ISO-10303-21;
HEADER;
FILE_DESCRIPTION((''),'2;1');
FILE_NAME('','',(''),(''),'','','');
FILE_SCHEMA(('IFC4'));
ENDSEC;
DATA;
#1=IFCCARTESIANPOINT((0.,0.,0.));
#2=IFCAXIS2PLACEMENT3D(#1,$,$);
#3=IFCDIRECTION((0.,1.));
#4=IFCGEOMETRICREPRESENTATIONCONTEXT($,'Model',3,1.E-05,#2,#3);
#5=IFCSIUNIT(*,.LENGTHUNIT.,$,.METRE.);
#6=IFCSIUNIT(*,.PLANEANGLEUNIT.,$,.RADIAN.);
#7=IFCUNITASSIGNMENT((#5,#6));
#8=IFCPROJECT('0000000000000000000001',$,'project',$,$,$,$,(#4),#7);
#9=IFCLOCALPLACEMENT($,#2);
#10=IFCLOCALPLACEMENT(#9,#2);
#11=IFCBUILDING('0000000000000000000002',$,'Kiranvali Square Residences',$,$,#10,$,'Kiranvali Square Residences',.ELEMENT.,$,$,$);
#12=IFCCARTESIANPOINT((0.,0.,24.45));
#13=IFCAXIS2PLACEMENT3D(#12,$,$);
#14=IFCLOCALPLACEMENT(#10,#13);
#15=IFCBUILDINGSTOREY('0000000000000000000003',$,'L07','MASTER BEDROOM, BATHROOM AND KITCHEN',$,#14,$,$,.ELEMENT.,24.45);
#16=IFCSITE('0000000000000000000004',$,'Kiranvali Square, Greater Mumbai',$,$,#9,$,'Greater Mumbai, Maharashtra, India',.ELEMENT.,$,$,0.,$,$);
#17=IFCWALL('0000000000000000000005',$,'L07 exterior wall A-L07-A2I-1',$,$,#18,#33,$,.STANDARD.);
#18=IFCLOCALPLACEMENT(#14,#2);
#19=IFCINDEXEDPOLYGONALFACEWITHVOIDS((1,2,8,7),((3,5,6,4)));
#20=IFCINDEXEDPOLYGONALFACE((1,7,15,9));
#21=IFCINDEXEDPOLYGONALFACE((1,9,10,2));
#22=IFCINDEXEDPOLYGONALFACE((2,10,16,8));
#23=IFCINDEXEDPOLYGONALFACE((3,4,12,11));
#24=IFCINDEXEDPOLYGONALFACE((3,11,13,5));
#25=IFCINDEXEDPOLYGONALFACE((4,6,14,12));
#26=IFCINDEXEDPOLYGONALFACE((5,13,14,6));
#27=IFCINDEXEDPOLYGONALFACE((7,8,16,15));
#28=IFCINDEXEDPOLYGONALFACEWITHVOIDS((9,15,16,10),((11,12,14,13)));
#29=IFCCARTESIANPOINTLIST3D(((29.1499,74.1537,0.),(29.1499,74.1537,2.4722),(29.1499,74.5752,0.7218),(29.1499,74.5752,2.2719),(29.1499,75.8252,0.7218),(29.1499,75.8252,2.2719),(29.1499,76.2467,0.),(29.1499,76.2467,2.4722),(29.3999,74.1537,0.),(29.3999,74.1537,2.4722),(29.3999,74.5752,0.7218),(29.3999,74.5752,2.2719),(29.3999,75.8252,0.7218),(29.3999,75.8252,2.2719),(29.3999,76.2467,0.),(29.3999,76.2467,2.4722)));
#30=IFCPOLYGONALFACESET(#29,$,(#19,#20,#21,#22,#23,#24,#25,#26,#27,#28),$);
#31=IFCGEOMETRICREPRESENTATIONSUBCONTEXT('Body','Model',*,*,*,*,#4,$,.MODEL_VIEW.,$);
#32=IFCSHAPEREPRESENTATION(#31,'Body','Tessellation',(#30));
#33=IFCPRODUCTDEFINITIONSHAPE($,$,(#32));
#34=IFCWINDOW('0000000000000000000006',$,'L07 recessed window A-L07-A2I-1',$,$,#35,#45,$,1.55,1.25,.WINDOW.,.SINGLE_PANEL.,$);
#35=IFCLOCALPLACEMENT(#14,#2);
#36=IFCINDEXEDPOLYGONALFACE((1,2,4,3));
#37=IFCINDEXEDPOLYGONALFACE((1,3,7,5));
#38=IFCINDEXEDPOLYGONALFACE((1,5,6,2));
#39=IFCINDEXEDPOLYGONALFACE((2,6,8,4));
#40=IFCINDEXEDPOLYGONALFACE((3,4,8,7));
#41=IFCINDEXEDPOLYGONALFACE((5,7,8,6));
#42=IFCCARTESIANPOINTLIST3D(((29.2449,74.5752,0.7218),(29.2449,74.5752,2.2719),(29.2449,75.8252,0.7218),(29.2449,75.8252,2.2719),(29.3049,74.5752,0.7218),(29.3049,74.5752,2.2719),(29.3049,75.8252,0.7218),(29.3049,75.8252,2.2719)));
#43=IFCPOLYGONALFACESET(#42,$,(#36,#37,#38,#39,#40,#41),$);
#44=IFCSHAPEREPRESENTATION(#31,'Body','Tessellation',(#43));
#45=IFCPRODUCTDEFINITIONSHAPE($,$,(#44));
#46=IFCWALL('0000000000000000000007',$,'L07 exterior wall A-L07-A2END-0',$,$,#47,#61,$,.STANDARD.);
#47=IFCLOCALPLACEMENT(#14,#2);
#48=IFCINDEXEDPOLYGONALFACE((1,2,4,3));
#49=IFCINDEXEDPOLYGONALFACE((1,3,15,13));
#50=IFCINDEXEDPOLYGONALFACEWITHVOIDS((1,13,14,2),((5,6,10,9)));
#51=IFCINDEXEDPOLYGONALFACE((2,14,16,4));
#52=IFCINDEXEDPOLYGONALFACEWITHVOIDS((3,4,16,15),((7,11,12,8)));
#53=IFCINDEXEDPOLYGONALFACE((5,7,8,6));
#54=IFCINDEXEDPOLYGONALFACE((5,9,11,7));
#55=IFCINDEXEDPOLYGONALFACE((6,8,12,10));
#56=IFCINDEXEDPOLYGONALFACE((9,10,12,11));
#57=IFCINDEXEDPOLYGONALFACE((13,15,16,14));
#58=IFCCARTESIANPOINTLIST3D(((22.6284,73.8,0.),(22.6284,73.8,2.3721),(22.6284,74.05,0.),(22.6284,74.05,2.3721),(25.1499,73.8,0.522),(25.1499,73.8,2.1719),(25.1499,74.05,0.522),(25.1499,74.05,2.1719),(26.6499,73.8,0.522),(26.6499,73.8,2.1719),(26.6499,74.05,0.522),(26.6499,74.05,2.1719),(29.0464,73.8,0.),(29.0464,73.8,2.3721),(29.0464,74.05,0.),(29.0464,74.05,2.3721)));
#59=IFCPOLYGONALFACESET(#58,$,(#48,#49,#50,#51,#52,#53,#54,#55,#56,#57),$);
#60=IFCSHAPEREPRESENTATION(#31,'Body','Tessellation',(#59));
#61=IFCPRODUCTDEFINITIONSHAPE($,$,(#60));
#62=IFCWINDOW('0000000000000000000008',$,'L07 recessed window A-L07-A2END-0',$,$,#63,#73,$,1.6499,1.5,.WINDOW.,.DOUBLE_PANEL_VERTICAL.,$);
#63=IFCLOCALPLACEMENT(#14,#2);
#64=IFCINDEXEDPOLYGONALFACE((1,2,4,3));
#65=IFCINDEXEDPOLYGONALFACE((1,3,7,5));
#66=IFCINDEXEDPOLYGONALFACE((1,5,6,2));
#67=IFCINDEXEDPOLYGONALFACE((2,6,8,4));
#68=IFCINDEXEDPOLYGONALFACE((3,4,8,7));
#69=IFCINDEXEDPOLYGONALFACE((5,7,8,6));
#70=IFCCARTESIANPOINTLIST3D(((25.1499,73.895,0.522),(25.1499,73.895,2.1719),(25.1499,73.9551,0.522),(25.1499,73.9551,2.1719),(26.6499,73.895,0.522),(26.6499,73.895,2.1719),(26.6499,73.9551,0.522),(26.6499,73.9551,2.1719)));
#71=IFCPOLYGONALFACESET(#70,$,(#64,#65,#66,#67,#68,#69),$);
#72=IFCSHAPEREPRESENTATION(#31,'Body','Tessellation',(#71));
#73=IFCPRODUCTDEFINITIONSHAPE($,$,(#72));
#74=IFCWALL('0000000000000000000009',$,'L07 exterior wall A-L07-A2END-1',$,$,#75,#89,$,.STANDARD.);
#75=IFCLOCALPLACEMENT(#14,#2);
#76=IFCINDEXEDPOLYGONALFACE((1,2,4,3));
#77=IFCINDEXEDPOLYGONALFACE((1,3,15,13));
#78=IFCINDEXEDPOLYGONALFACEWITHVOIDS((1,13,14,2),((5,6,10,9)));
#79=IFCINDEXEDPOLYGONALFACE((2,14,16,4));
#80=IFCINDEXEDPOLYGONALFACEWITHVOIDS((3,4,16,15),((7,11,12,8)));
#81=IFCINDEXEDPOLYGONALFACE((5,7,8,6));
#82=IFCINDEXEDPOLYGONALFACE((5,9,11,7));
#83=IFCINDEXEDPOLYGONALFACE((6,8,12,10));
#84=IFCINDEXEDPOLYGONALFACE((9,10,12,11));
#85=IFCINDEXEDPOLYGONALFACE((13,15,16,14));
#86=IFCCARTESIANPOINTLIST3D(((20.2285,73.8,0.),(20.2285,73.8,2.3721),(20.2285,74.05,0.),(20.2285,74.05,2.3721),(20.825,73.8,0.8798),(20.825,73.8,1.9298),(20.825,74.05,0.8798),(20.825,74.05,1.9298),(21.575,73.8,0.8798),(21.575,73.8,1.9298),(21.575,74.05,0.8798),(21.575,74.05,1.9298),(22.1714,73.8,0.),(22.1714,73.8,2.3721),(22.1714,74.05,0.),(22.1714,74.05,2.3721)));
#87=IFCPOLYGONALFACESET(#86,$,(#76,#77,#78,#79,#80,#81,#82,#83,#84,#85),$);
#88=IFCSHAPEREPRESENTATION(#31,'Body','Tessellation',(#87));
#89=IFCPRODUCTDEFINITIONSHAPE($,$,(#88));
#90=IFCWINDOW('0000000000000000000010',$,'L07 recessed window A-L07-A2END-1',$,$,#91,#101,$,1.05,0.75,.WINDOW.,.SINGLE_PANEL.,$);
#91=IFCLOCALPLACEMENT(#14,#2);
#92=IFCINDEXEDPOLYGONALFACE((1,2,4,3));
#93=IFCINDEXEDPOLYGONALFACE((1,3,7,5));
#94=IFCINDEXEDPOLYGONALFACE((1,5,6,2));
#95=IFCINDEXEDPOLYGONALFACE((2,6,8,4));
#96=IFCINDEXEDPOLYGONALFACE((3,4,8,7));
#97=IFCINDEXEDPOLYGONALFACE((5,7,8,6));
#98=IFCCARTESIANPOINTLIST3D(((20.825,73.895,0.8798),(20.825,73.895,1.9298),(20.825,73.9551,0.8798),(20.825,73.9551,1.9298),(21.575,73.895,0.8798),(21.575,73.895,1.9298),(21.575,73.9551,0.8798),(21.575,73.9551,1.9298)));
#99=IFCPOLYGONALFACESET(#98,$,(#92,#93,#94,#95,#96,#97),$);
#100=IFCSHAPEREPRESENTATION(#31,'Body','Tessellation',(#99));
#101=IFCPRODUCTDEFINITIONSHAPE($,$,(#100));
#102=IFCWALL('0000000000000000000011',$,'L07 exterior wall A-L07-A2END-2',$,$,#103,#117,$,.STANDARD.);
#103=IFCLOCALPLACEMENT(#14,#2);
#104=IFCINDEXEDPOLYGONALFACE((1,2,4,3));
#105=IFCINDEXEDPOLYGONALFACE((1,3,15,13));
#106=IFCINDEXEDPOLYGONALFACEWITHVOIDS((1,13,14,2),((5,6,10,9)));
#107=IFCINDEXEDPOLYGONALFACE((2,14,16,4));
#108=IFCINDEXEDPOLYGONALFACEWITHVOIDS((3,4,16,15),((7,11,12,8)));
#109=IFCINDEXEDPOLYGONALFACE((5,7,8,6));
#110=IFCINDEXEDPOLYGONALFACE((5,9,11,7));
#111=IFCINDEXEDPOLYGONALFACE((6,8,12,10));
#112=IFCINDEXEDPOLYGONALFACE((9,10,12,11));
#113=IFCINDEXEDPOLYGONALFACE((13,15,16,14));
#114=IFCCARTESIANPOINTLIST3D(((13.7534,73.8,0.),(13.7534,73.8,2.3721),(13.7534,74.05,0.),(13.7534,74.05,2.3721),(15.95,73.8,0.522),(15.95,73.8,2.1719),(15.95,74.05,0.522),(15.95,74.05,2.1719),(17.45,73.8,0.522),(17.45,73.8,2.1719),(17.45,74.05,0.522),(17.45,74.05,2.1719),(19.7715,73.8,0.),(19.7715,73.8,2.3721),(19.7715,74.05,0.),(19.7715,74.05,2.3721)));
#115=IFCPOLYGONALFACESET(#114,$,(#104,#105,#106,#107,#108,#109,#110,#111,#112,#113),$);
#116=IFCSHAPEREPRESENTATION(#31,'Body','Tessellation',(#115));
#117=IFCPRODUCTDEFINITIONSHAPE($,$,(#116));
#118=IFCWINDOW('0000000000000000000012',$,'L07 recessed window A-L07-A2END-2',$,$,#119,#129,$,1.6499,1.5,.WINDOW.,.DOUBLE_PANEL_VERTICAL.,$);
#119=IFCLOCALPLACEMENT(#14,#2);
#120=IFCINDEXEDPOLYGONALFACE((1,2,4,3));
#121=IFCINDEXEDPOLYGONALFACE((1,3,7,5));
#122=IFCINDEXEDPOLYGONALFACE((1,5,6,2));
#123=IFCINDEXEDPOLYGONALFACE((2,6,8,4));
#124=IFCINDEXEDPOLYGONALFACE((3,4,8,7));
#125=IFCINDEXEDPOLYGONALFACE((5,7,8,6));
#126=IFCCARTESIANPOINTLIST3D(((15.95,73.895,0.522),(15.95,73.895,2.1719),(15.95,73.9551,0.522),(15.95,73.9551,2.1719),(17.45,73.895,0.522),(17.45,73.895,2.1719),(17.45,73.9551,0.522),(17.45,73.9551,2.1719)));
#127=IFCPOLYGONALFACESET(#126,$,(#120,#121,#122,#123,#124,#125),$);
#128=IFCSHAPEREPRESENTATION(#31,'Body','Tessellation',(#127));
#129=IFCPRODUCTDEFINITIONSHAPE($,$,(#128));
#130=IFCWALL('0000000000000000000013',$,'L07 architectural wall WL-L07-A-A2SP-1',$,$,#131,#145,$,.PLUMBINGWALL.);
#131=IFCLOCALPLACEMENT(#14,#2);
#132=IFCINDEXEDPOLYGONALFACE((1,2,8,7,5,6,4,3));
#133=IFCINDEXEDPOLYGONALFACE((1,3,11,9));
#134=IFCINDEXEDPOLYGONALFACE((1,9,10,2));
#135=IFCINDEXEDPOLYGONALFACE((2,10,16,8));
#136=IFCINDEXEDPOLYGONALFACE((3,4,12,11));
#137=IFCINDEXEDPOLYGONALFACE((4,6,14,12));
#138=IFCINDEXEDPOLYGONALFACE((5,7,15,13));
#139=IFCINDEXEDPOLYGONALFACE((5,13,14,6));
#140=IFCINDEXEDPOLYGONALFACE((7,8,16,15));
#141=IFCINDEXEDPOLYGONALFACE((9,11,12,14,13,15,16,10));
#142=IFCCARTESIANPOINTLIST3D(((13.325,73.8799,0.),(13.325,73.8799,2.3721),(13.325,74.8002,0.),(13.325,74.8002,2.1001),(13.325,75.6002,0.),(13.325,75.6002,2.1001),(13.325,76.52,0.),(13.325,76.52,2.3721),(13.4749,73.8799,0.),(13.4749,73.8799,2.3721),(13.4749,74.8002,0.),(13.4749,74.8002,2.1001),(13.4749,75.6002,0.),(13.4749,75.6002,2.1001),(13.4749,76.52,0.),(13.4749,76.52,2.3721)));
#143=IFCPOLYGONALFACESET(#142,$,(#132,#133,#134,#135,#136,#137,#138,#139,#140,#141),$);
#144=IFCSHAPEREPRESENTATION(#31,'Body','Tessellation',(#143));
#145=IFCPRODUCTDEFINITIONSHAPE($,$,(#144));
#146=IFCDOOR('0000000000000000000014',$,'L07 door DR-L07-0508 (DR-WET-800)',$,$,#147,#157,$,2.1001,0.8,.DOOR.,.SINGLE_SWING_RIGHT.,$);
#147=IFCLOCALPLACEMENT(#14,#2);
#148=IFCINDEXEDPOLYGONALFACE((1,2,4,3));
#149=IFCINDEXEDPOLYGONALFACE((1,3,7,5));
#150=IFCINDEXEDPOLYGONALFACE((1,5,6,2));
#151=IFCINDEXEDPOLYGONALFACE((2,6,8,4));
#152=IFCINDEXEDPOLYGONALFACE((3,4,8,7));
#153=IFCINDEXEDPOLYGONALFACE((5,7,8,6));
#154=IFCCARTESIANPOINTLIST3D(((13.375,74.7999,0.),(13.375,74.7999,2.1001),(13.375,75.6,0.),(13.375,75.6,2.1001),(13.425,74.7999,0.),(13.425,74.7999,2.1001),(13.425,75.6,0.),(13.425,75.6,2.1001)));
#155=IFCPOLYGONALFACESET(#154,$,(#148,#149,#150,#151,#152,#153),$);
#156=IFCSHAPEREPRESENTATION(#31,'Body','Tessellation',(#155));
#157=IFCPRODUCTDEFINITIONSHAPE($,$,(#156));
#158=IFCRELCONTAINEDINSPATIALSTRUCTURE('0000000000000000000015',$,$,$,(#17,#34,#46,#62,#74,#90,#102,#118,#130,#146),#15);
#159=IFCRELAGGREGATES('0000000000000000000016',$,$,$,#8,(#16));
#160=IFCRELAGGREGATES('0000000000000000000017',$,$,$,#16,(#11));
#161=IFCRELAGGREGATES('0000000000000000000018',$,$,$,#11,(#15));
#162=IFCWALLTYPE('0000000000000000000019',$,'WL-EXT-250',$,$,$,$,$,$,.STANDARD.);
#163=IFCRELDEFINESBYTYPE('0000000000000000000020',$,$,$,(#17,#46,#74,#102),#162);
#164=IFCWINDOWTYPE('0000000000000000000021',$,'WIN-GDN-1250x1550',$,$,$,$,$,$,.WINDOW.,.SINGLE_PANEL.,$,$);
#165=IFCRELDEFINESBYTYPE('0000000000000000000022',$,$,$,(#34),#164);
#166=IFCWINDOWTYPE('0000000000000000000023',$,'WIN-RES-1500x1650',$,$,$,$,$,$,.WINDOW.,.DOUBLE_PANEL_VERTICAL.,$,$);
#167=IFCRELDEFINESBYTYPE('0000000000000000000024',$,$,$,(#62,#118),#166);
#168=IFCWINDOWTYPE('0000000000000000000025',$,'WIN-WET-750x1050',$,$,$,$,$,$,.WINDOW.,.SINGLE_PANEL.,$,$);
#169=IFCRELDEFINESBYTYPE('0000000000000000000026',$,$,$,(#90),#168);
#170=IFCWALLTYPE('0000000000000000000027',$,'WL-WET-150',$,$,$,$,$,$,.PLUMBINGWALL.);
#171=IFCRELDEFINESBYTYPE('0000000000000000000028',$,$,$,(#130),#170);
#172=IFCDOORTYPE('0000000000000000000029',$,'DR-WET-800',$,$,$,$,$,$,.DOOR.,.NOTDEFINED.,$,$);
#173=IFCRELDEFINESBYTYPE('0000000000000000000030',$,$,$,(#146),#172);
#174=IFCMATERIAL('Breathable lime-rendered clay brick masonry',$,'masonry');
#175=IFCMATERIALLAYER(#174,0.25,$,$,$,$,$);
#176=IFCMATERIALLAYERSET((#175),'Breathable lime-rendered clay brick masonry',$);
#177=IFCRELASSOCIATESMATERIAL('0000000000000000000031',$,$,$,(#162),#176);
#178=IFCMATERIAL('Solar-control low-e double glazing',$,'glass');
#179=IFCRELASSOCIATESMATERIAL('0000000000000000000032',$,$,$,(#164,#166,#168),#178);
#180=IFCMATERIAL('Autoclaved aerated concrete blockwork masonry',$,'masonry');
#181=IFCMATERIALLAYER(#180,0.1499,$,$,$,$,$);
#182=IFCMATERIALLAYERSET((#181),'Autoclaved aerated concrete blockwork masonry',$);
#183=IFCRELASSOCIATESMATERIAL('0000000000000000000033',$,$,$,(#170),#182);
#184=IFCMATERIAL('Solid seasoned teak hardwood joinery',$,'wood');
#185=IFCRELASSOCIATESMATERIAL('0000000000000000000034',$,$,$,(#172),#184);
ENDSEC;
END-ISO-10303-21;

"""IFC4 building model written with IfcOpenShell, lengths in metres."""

from ifc_helpers import new_model, si_unit, direction, frame, frame_2d, origin, place, context, subcontext, project, spatial, rectangle, extrude, material, layer, layer_set, type_object, element, fill, save


model = new_model("IFC4")

# Units and contexts
model_context = context("Model", 3, precision=1e-05, world=origin(), true_north=direction((0.0, 1.0)))
body_context = subcontext(model_context, "Body", "Model", "MODEL_VIEW")
ifc_project = project(units=[si_unit("LENGTHUNIT", "METRE"), si_unit("PLANEANGLEUNIT", "RADIAN")], contexts=[model_context])

# Site, building, storey
site_placement = place(None, origin())
site = spatial("IfcSite", under=ifc_project, at=site_placement, Name="Kiranvali Square, Greater Mumbai", LongName="Greater Mumbai, Maharashtra, India", CompositionType="ELEMENT", RefElevation=0.0)
building_placement = place(site_placement, origin())
building = spatial("IfcBuilding", under=site, at=building_placement, Name="Kiranvali Square Residences", LongName="Kiranvali Square Residences", CompositionType="ELEMENT")
storey_placement = place(building_placement, frame((0.0, 0.0, 24.45)))
storey = spatial("IfcBuildingStorey", under=building, at=storey_placement, Name="L07", Description="MASTER BEDROOM, BATHROOM AND KITCHEN", CompositionType="ELEMENT", Elevation=24.45)

# Walls, openings, windows
ifc_material_1 = material(Name="Breathable lime-rendered clay brick masonry", Category="masonry")
ifc_layer_1 = layer(ifc_material_1, 0.25)
ifc_layer_set_1 = layer_set([ifc_layer_1], Name="Breathable lime-rendered clay brick masonry")
wall_type_1 = type_object("IfcWallType", Name="WL-EXT-250", PredefinedType="STANDARD", material=ifc_layer_set_1)
wall_1_placement = place(storey_placement, frame((29.2749, 76.2466, 0.0), z_axis=(0.0, 0.0, 1.0), x_axis=(0.0, -1.0, 0.0)))
wall_1 = element("IfcWall", 1, at=wall_1_placement, inside=storey, type_object=wall_type_1, Name="L07 exterior wall A-L07-A2I-1", PredefinedType="STANDARD", context=body_context, shape_type="SweptSolid", body=[
    extrude(rectangle(XDim=2.093, YDim=0.25, at=frame_2d((1.0464, 0.0))), origin(), (0.0, 0.0, 1.0), 2.4722),
])
opening_1_placement = place(wall_1_placement, frame((0.4214, 0.0, 0.7219)))
opening_1 = element("IfcOpeningElement", 2, at=opening_1_placement, cuts=wall_1, PredefinedType="OPENING", context=body_context, shape_type="SweptSolid", body=[
    extrude(rectangle(XDim=1.25, YDim=1.55, at=frame_2d((0.625, 0.7749))), frame((0.0, 0.135, 0.0), z_axis=(0.0, -1.0, 0.0), x_axis=(1.0, 0.0, 0.0)), (0.0, 0.0, 1.0), 0.27),
])
ifc_material_2 = material(Name="Solar-control low-e double glazing", Category="glass")
window_type_1 = type_object("IfcWindowType", Name="WIN-GDN-1250x1550", PartitioningType="SINGLE_PANEL", PredefinedType="WINDOW", material=ifc_material_2)
window_1_placement = place(opening_1_placement, origin())
window_1 = element("IfcWindow", 3, at=window_1_placement, inside=storey, type_object=window_type_1, Name="L07 recessed window A-L07-A2I-1", OverallHeight=1.55, OverallWidth=1.25, PartitioningType="SINGLE_PANEL", PredefinedType="WINDOW", context=body_context, shape_type="SweptSolid", body=[
    extrude(rectangle(XDim=1.25, YDim=1.55, at=frame_2d((0.625, 0.7749))), frame((0.0, 0.03, 0.0), z_axis=(0.0, -1.0, 0.0), x_axis=(1.0, 0.0, 0.0)), (0.0, 0.0, 1.0), 0.0601),
])
fill(opening_1, window_1)
wall_2_placement = place(storey_placement, frame((29.0464, 73.925, 0.0), z_axis=(0.0, 0.0, 1.0), x_axis=(-1.0, 0.0, 0.0)))
wall_2 = element("IfcWall", 4, at=wall_2_placement, inside=storey, type_object=wall_type_1, Name="L07 exterior wall A-L07-A2END-0", PredefinedType="STANDARD", context=body_context, shape_type="SweptSolid", body=[
    extrude(rectangle(XDim=6.418, YDim=0.25, at=frame_2d((3.209, 0.0))), origin(), (0.0, 0.0, 1.0), 2.3721),
])
opening_2_placement = place(wall_2_placement, frame((2.3965, 0.0, 0.522)))
opening_2 = element("IfcOpeningElement", 5, at=opening_2_placement, cuts=wall_2, PredefinedType="OPENING", context=body_context, shape_type="SweptSolid", body=[
    extrude(rectangle(XDim=1.5, YDim=1.6499, at=frame_2d((0.75, 0.825))), frame((0.0, 0.135, 0.0), z_axis=(0.0, -1.0, 0.0), x_axis=(1.0, 0.0, 0.0)), (0.0, 0.0, 1.0), 0.27),
])
window_type_2 = type_object("IfcWindowType", Name="WIN-RES-1500x1650", PartitioningType="DOUBLE_PANEL_VERTICAL", PredefinedType="WINDOW", material=ifc_material_2)
window_2_placement = place(opening_2_placement, origin())
window_2 = element("IfcWindow", 6, at=window_2_placement, inside=storey, type_object=window_type_2, Name="L07 recessed window A-L07-A2END-0", OverallHeight=1.6499, OverallWidth=1.5, PartitioningType="DOUBLE_PANEL_VERTICAL", PredefinedType="WINDOW", context=body_context, shape_type="SweptSolid", body=[
    extrude(rectangle(XDim=1.5, YDim=1.6499, at=frame_2d((0.75, 0.825))), frame((0.0, 0.03, 0.0), z_axis=(0.0, -1.0, 0.0), x_axis=(1.0, 0.0, 0.0)), (0.0, 0.0, 1.0), 0.0601),
])
fill(opening_2, window_2)
wall_3_placement = place(storey_placement, frame((22.1714, 73.925, 0.0), z_axis=(0.0, 0.0, 1.0), x_axis=(-1.0, 0.0, 0.0)))
wall_3 = element("IfcWall", 7, at=wall_3_placement, inside=storey, type_object=wall_type_1, Name="L07 exterior wall A-L07-A2END-1", PredefinedType="STANDARD", context=body_context, shape_type="SweptSolid", body=[
    extrude(rectangle(XDim=1.9429, YDim=0.25, at=frame_2d((0.9714, 0.0))), origin(), (0.0, 0.0, 1.0), 2.3721),
])
opening_3_placement = place(wall_3_placement, frame((0.5964, 0.0, 0.8799)))
opening_3 = element("IfcOpeningElement", 8, at=opening_3_placement, cuts=wall_3, PredefinedType="OPENING", context=body_context, shape_type="SweptSolid", body=[
    extrude(rectangle(XDim=0.75, YDim=1.05, at=frame_2d((0.375, 0.5249))), frame((0.0, 0.135, 0.0), z_axis=(0.0, -1.0, 0.0), x_axis=(1.0, 0.0, 0.0)), (0.0, 0.0, 1.0), 0.27),
])
window_type_3 = type_object("IfcWindowType", Name="WIN-WET-750x1050", PartitioningType="SINGLE_PANEL", PredefinedType="WINDOW", material=ifc_material_2)
window_3_placement = place(opening_3_placement, origin())
window_3 = element("IfcWindow", 9, at=window_3_placement, inside=storey, type_object=window_type_3, Name="L07 recessed window A-L07-A2END-1", OverallHeight=1.05, OverallWidth=0.75, PartitioningType="SINGLE_PANEL", PredefinedType="WINDOW", context=body_context, shape_type="SweptSolid", body=[
    extrude(rectangle(XDim=0.75, YDim=1.05, at=frame_2d((0.375, 0.5249))), frame((0.0, 0.03, 0.0), z_axis=(0.0, -1.0, 0.0), x_axis=(1.0, 0.0, 0.0)), (0.0, 0.0, 1.0), 0.0601),
])
fill(opening_3, window_3)
wall_4_placement = place(storey_placement, frame((19.7715, 73.925, 0.0), z_axis=(0.0, 0.0, 1.0), x_axis=(-1.0, 0.0, 0.0)))
wall_4 = element("IfcWall", 10, at=wall_4_placement, inside=storey, type_object=wall_type_1, Name="L07 exterior wall A-L07-A2END-2", PredefinedType="STANDARD", context=body_context, shape_type="SweptSolid", body=[
    extrude(rectangle(XDim=6.0181, YDim=0.25, at=frame_2d((3.009, 0.0))), origin(), (0.0, 0.0, 1.0), 2.3721),
])
opening_4_placement = place(wall_4_placement, frame((2.3215, 0.0, 0.522)))
opening_4 = element("IfcOpeningElement", 11, at=opening_4_placement, cuts=wall_4, PredefinedType="OPENING", context=body_context, shape_type="SweptSolid", body=[
    extrude(rectangle(XDim=1.5, YDim=1.6499, at=frame_2d((0.75, 0.825))), frame((0.0, 0.135, 0.0), z_axis=(0.0, -1.0, 0.0), x_axis=(1.0, 0.0, 0.0)), (0.0, 0.0, 1.0), 0.27),
])
window_4_placement = place(opening_4_placement, origin())
window_4 = element("IfcWindow", 12, at=window_4_placement, inside=storey, type_object=window_type_2, Name="L07 recessed window A-L07-A2END-2", OverallHeight=1.6499, OverallWidth=1.5, PartitioningType="DOUBLE_PANEL_VERTICAL", PredefinedType="WINDOW", context=body_context, shape_type="SweptSolid", body=[
    extrude(rectangle(XDim=1.5, YDim=1.6499, at=frame_2d((0.75, 0.825))), frame((0.0, 0.03, 0.0), z_axis=(0.0, -1.0, 0.0), x_axis=(1.0, 0.0, 0.0)), (0.0, 0.0, 1.0), 0.0601),
])
fill(opening_4, window_4)

# Wall, opening, door
ifc_material_3 = material(Name="Autoclaved aerated concrete blockwork masonry", Category="masonry")
ifc_layer_2 = layer(ifc_material_3, 0.1499)
ifc_layer_set_2 = layer_set([ifc_layer_2], Name="Autoclaved aerated concrete blockwork masonry")
wall_type_2 = type_object("IfcWallType", Name="WL-WET-150", PredefinedType="PLUMBINGWALL", material=ifc_layer_set_2)
wall_5_placement = place(storey_placement, frame((13.3999, 76.52, 0.0), z_axis=(0.0, 0.0, 1.0), x_axis=(0.0, -1.0, 0.0)))
wall_5 = element("IfcWall", 13, at=wall_5_placement, inside=storey, type_object=wall_type_2, Name="L07 architectural wall WL-L07-A-A2SP-1", PredefinedType="PLUMBINGWALL", context=body_context, shape_type="SweptSolid", body=[
    extrude(rectangle(XDim=2.6401, YDim=0.1499, at=frame_2d((1.3201, 0.0))), origin(), (0.0, 0.0, 1.0), 2.3721),
])
opening_5_placement = place(wall_5_placement, frame((0.9199, 0.0, 0.0)))
opening_5 = element("IfcOpeningElement", 14, at=opening_5_placement, cuts=wall_5, PredefinedType="OPENING", context=body_context, shape_type="SweptSolid", body=[
    extrude(rectangle(XDim=0.8, YDim=2.1001, at=frame_2d((0.3999, 1.05))), frame((0.0, 0.085, 0.0), z_axis=(0.0, -1.0, 0.0), x_axis=(1.0, 0.0, 0.0)), (0.0, 0.0, 1.0), 0.1699),
])
ifc_material_4 = material(Name="Solid seasoned teak hardwood joinery", Category="wood")
door_type = type_object("IfcDoorType", Name="DR-WET-800", OperationType="NOTDEFINED", PredefinedType="DOOR", material=ifc_material_4)
door_placement = place(opening_5_placement, frame((0.8, 0.0, 0.0), z_axis=(0.0, 0.0, 1.0), x_axis=(-1.0, 0.0, 0.0)))
door = element("IfcDoor", 15, at=door_placement, inside=storey, type_object=door_type, Name="L07 door DR-L07-0508 (DR-WET-800)", OperationType="SINGLE_SWING_RIGHT", OverallHeight=2.1001, OverallWidth=0.8, PredefinedType="DOOR", context=body_context, shape_type="SweptSolid", body=[
    extrude(rectangle(XDim=0.8, YDim=2.1001, at=frame_2d((0.3999, 1.05))), frame((0.0, 0.0249, 0.0), z_axis=(0.0, -1.0, 0.0), x_axis=(1.0, 0.0, 0.0)), (0.0, 0.0, 1.0), 0.05),
])
fill(opening_5, door)

save(model, "model.ifc")
